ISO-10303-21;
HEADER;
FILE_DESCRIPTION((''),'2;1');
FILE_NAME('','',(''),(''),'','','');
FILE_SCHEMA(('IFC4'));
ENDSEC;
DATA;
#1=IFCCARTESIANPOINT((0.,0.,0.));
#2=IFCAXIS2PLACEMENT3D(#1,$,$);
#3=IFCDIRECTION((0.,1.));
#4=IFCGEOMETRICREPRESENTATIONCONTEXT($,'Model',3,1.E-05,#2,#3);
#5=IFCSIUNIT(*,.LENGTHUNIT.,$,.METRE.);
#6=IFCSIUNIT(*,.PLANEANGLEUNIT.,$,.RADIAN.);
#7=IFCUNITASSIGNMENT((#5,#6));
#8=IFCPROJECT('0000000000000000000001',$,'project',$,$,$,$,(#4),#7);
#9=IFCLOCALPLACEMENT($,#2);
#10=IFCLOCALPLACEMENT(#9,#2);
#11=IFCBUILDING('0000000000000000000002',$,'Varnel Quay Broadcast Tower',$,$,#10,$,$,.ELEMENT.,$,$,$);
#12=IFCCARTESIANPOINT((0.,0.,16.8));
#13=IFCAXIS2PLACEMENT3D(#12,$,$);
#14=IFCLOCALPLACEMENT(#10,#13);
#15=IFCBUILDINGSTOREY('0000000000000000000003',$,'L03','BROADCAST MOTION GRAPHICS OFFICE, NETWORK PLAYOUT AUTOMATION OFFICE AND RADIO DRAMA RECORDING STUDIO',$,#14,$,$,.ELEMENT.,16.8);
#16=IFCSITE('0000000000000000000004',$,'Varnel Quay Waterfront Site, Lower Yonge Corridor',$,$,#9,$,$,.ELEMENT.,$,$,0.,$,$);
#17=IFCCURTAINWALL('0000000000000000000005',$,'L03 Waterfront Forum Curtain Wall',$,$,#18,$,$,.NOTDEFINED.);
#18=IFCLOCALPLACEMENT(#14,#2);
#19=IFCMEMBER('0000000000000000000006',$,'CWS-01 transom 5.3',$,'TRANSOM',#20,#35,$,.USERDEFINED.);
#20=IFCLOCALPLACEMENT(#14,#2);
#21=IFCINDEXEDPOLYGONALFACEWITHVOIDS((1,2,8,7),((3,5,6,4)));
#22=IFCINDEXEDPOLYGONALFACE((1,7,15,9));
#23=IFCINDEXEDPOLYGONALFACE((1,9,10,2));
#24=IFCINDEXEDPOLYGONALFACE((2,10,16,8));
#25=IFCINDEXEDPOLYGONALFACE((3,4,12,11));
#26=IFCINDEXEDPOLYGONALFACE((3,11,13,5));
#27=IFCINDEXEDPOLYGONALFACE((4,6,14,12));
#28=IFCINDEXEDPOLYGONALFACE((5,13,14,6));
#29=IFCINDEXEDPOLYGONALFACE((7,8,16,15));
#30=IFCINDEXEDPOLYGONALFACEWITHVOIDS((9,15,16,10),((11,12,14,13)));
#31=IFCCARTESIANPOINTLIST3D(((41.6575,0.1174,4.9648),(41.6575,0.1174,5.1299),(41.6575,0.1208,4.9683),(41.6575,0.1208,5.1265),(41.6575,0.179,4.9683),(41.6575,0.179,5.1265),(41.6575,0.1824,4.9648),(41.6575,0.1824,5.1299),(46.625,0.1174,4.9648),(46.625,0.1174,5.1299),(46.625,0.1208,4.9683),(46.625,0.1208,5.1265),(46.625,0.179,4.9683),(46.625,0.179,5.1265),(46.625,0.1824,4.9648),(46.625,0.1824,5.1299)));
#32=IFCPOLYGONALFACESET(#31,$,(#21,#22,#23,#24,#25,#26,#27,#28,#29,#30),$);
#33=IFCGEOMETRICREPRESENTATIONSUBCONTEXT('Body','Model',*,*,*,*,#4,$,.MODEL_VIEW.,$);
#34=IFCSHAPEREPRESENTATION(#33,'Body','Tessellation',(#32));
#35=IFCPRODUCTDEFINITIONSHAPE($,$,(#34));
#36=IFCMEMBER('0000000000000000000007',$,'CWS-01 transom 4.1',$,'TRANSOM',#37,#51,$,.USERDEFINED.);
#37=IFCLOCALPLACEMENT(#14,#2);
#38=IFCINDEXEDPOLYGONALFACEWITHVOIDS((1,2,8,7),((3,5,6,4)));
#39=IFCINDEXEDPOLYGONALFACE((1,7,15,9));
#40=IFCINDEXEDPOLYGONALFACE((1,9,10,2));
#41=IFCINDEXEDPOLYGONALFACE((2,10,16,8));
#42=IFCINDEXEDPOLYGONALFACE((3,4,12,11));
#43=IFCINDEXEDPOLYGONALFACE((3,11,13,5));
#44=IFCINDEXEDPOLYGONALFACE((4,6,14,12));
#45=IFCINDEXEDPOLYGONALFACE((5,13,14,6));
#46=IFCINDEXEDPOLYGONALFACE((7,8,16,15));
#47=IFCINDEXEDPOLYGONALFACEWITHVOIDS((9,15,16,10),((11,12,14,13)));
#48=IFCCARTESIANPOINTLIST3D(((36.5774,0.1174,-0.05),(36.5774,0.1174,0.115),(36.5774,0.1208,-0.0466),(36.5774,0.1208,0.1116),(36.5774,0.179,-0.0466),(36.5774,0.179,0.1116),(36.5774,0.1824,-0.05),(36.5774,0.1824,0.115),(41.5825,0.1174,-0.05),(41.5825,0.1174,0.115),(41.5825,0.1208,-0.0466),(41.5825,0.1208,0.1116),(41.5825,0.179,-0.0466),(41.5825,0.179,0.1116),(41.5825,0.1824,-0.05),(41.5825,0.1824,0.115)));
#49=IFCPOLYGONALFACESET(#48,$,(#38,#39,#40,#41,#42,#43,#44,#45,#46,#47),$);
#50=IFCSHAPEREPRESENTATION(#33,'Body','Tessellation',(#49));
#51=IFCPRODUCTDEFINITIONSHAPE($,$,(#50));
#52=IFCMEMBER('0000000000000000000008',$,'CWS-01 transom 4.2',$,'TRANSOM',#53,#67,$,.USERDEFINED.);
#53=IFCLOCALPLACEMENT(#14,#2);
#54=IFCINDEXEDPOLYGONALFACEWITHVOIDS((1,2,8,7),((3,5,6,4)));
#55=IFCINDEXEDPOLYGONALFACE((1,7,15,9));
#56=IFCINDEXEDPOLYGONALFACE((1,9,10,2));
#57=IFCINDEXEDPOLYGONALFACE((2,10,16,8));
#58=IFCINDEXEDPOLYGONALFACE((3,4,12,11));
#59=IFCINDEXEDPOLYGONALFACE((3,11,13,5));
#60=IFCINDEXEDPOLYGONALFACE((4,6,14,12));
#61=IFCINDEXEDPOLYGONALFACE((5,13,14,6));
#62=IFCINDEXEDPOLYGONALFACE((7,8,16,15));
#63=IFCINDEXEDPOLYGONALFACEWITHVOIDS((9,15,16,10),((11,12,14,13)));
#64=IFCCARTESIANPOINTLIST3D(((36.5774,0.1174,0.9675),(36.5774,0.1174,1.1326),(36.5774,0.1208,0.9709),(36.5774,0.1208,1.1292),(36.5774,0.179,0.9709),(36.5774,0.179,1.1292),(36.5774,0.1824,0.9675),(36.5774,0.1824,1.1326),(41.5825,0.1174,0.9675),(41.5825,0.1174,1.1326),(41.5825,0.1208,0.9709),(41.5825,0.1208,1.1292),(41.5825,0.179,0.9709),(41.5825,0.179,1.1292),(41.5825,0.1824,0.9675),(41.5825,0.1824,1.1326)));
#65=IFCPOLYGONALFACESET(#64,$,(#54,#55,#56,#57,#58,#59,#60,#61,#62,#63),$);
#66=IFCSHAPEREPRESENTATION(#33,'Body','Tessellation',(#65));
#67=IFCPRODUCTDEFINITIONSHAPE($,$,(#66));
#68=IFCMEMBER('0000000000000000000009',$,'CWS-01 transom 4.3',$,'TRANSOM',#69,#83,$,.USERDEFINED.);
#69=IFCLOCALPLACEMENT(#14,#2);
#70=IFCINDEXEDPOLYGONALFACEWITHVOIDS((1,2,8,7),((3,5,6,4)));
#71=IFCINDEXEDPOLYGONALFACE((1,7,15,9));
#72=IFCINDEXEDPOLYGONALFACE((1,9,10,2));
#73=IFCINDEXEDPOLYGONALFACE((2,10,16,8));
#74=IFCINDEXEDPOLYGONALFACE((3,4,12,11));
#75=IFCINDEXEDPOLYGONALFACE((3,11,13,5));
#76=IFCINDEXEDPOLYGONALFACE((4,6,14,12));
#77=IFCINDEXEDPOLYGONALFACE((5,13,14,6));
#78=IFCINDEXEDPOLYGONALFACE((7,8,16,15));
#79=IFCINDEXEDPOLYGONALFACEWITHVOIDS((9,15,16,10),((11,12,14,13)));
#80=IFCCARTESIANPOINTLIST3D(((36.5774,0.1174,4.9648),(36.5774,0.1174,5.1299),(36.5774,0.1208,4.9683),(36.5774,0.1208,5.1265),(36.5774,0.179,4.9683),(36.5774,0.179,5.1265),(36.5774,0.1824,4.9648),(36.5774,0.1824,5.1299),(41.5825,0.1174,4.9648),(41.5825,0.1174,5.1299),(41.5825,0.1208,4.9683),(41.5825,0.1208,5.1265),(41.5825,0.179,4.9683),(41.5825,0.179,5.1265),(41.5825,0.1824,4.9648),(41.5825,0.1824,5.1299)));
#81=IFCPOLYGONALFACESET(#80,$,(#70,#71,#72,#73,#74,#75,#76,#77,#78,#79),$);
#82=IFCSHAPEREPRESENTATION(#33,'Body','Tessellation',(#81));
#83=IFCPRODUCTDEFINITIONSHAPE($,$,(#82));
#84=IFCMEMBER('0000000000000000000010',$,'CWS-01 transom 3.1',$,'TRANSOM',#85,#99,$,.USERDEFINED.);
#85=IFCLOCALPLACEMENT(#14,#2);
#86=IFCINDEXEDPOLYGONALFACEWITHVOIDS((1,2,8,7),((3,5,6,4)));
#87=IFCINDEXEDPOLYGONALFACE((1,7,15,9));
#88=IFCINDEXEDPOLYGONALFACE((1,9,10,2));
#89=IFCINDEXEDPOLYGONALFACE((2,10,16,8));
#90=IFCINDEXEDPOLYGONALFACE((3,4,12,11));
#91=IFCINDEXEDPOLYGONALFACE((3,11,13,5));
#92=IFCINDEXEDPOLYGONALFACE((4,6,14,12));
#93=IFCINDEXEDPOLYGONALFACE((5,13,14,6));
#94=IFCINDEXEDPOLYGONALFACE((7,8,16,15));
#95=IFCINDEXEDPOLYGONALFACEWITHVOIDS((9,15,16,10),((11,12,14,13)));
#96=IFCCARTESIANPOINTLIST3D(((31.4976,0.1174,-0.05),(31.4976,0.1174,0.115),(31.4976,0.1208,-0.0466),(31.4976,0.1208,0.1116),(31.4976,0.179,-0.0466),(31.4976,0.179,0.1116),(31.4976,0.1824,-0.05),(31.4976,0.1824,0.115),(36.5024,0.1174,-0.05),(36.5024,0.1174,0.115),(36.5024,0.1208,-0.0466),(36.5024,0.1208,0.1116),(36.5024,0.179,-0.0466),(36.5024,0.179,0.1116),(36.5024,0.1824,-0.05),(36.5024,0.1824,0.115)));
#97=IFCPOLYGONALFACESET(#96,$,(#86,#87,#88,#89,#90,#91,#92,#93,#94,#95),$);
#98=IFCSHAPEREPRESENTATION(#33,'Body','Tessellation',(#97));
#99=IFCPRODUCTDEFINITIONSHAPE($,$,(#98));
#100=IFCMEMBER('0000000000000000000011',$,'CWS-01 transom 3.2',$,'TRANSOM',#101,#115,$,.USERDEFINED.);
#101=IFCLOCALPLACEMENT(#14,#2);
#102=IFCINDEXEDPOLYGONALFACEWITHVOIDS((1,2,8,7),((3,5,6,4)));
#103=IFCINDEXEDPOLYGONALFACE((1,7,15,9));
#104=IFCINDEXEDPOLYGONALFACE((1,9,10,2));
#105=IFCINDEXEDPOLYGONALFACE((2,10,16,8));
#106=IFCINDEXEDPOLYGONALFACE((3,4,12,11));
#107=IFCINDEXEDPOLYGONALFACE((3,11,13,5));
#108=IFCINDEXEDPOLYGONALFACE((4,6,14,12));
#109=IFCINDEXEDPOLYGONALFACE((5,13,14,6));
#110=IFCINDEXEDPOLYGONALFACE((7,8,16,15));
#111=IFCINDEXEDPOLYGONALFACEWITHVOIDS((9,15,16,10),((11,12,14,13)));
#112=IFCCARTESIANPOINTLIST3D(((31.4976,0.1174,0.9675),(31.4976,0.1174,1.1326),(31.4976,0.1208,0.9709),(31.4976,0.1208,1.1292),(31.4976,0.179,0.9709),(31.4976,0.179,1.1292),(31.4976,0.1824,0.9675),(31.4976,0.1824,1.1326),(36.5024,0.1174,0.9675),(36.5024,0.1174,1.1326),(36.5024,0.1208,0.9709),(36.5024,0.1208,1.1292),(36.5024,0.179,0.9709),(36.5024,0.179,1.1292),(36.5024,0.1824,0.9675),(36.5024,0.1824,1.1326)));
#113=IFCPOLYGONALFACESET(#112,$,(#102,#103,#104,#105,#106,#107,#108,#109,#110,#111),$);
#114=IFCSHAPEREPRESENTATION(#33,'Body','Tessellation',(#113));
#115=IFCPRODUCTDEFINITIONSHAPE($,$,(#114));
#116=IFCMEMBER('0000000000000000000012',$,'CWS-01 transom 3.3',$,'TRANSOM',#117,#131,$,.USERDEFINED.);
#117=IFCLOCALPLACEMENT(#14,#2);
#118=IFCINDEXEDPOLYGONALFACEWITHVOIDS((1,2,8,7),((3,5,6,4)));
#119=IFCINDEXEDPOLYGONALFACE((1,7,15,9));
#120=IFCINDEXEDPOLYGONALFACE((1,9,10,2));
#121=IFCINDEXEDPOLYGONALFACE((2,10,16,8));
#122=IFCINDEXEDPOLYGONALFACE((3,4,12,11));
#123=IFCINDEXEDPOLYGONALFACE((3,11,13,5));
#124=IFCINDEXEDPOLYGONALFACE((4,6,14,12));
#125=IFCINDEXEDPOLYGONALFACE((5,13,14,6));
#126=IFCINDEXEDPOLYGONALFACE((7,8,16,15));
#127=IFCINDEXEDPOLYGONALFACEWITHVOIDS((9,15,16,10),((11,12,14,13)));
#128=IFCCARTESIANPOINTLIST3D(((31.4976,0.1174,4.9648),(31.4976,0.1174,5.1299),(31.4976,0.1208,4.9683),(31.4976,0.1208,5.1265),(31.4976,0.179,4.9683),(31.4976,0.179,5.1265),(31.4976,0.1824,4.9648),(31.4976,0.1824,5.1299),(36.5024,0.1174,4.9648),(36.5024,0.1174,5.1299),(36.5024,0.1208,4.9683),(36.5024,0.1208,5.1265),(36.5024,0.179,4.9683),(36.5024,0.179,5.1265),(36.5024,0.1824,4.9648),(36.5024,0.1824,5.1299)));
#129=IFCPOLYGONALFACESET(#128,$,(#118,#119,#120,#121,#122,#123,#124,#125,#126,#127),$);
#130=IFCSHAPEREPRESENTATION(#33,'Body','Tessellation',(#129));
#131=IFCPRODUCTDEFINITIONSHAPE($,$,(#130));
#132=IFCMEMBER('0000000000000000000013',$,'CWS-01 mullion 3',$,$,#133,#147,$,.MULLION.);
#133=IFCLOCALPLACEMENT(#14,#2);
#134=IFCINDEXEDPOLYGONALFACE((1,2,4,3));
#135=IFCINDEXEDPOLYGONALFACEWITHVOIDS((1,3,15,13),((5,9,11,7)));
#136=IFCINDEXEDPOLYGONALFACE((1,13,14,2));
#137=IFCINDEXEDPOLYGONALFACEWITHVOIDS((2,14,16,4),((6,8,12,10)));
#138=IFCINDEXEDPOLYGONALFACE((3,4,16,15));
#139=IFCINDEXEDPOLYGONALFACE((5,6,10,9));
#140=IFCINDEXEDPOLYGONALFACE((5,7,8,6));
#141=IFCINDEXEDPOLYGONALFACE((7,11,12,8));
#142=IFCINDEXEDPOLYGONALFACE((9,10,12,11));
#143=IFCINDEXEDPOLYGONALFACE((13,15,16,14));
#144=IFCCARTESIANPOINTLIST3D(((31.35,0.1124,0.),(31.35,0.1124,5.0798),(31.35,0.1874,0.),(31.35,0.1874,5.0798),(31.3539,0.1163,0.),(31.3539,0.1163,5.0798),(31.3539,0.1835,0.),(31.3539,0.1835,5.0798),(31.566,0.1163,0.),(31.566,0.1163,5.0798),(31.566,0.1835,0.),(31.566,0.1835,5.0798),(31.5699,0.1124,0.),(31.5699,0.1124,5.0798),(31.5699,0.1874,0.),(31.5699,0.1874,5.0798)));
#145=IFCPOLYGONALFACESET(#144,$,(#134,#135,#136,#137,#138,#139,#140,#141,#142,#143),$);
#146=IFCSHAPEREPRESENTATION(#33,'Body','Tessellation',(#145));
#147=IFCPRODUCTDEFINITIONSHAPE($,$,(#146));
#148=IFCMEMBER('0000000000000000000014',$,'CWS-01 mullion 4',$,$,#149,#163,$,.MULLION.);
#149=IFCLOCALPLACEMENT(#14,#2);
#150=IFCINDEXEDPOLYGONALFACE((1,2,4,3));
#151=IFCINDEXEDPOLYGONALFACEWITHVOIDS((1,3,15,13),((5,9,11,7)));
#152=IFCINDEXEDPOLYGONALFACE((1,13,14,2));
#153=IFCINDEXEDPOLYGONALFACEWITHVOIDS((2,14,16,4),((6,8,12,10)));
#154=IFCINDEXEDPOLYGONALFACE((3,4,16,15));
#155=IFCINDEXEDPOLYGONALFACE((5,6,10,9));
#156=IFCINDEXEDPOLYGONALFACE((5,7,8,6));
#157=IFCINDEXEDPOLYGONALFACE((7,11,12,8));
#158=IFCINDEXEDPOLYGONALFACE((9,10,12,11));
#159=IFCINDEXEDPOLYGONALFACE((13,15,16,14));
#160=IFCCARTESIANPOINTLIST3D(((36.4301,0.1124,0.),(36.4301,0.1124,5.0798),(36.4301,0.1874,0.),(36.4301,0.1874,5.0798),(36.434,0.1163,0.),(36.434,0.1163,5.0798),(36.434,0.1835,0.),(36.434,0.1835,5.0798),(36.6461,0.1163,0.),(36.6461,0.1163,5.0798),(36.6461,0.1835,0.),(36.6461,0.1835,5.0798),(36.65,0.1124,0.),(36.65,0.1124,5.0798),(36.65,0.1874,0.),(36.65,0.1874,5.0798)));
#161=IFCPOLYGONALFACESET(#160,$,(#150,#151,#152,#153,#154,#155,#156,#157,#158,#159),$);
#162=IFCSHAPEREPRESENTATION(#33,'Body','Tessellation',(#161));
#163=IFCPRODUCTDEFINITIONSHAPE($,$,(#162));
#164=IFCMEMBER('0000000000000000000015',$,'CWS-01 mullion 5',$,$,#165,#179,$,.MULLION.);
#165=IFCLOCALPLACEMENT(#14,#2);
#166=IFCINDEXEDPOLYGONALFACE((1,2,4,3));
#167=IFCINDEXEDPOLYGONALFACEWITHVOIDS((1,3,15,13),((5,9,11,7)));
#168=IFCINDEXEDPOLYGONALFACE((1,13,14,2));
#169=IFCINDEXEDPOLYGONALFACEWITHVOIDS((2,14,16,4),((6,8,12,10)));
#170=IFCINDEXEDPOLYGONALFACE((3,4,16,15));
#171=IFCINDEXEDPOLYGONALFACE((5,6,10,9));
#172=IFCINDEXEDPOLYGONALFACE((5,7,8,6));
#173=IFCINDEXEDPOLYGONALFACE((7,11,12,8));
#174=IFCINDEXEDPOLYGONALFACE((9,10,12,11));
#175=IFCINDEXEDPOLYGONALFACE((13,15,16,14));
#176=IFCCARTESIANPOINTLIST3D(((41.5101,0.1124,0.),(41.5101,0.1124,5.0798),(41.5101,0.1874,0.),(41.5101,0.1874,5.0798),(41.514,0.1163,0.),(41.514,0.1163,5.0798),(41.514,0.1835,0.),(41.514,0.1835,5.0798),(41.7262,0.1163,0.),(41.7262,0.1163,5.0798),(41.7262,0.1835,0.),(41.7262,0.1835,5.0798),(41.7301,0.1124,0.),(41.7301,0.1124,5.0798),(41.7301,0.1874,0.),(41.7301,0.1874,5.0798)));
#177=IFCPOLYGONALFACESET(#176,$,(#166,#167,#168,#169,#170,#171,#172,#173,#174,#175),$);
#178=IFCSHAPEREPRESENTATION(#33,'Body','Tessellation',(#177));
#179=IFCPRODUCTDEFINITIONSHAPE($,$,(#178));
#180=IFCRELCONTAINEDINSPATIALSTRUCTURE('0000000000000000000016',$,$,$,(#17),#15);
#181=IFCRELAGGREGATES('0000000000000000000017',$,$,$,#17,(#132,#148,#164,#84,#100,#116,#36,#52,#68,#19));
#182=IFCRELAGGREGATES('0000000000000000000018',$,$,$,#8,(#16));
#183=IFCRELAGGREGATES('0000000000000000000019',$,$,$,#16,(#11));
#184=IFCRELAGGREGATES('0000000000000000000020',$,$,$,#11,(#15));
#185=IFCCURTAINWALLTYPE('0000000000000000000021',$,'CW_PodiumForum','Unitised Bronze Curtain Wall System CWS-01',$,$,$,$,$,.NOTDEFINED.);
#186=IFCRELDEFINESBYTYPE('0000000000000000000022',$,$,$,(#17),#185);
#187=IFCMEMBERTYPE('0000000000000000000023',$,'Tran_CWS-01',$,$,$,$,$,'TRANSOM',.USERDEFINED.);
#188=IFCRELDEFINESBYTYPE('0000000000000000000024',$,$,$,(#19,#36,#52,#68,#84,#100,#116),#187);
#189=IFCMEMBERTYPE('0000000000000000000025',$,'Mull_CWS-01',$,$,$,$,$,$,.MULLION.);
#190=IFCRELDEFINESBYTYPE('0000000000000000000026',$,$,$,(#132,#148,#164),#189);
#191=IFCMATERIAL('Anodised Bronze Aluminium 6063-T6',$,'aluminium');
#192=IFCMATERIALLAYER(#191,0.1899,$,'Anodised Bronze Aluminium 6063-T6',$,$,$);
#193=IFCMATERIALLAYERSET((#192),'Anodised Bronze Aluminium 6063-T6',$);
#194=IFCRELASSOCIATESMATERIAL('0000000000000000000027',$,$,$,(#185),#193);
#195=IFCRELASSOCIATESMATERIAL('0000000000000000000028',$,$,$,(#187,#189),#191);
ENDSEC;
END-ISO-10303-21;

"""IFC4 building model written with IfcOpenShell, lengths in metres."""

from ifc_helpers import new_model, si_unit, direction, frame, origin, origin_2d, place, context, subcontext, project, spatial, hollow_rectangle, extrude, source, transform, mapped, material, layer, layer_set, material_profile, profile_set, type_object, type_shapes, element, aggregate, save


model = new_model("IFC4")

# Units and contexts
model_context = context("Model", 3, precision=1e-05, world=origin(), true_north=direction((0.0, 1.0)))
body_context = subcontext(model_context, "Body", "Model", "MODEL_VIEW")
ifc_project = project(units=[si_unit("LENGTHUNIT", "METRE"), si_unit("PLANEANGLEUNIT", "RADIAN")], contexts=[model_context])

# Site, building, storey
site_placement = place(None, origin())
site = spatial("IfcSite", under=ifc_project, at=site_placement, Name="Varnel Quay Waterfront Site, Lower Yonge Corridor", CompositionType="ELEMENT", RefElevation=0.0)
building_placement = place(site_placement, origin())
building = spatial("IfcBuilding", under=site, at=building_placement, Name="Varnel Quay Broadcast Tower", CompositionType="ELEMENT")
storey_placement = place(building_placement, frame((0.0, 0.0, 16.8)))
storey = spatial("IfcBuildingStorey", under=building, at=storey_placement, Name="L03", Description="BROADCAST MOTION GRAPHICS OFFICE, NETWORK PLAYOUT AUTOMATION OFFICE AND RADIO DRAMA RECORDING STUDIO", CompositionType="ELEMENT", Elevation=16.8)

# Curtain wall, members
ifc_material_1 = material(Name="Anodised Bronze Aluminium 6063-T6", Category="aluminium")
ifc_layer_1 = layer(ifc_material_1, 0.1899, Name="Anodised Bronze Aluminium 6063-T6")
ifc_layer_set_1 = layer_set([ifc_layer_1], Name="Anodised Bronze Aluminium 6063-T6")
curtain_wall_type = type_object("IfcCurtainWallType", Name="CW_PodiumForum", Description="Unitised Bronze Curtain Wall System CWS-01", PredefinedType="NOTDEFINED", material=ifc_layer_set_1)
curtain_wall_placement = place(storey_placement, origin())
curtain_wall = element("IfcCurtainWall", 1, at=curtain_wall_placement, inside=storey, type_object=curtain_wall_type, Name="L03 Waterfront Forum Curtain Wall", PredefinedType="NOTDEFINED")
ifc_material_profile_1 = material_profile(ifc_material_1, hollow_rectangle(XDim=0.0649, YDim=0.165, WallThickness=0.0034, at=origin_2d()), Name="ALU65X165X3.5")
ifc_profile_set_1 = profile_set([ifc_material_profile_1], Name="Anodised Bronze Aluminium 6063-T6")
member_type_1 = type_object("IfcMemberType", Name="Tran_CWS-01", ElementType="TRANSOM", PredefinedType="USERDEFINED", material=ifc_profile_set_1)
shared_shape_1 = source(origin(), body_context, "Body", "SweptSolid", [
    extrude(hollow_rectangle(XDim=0.0649, YDim=0.165, WallThickness=0.0034, at=origin_2d()), origin(), (0.0, 0.0, 1.0), 4.9675),
])
member_1_placement = place(storey_placement, frame((41.6575, 0.1499, 5.0474), z_axis=(1.0, 0.0, 0.0), x_axis=(0.0, 1.0, 0.0)))
member_1 = element("IfcMember", 2, at=member_1_placement, type_object=member_type_1, Name="CWS-01 transom 5.3", ObjectType="TRANSOM", PredefinedType="USERDEFINED", context=body_context, shape_type="MappedRepresentation", body=[
    mapped(shared_shape_1, transform((0.0, 0.0, 0.0), x_axis=(1.0, 0.0, 0.0), y_axis=(0.0, 1.0, 0.0), z_axis=(0.0, 0.0, 1.0), scale=1.0)),
])
shared_shape_2 = source(origin(), body_context, "Body", "SweptSolid", [
    extrude(hollow_rectangle(XDim=0.0649, YDim=0.165, WallThickness=0.0034, at=origin_2d()), origin(), (0.0, 0.0, 1.0), 5.0051),
])
member_2_placement = place(storey_placement, frame((36.5774, 0.1499, 0.0325), z_axis=(1.0, 0.0, 0.0), x_axis=(0.0, 1.0, 0.0)))
member_2 = element("IfcMember", 3, at=member_2_placement, type_object=member_type_1, Name="CWS-01 transom 4.1", ObjectType="TRANSOM", PredefinedType="USERDEFINED", context=body_context, shape_type="MappedRepresentation", body=[
    mapped(shared_shape_2, transform((0.0, 0.0, 0.0), x_axis=(1.0, 0.0, 0.0), y_axis=(0.0, 1.0, 0.0), z_axis=(0.0, 0.0, 1.0), scale=1.0)),
])
member_3_placement = place(storey_placement, frame((36.5774, 0.1499, 1.05), z_axis=(1.0, 0.0, 0.0), x_axis=(0.0, 1.0, 0.0)))
member_3 = element("IfcMember", 4, at=member_3_placement, type_object=member_type_1, Name="CWS-01 transom 4.2", ObjectType="TRANSOM", PredefinedType="USERDEFINED", context=body_context, shape_type="MappedRepresentation", body=[
    mapped(shared_shape_2, transform((0.0, 0.0, 0.0), x_axis=(1.0, 0.0, 0.0), y_axis=(0.0, 1.0, 0.0), z_axis=(0.0, 0.0, 1.0), scale=1.0)),
])
member_4_placement = place(storey_placement, frame((36.5774, 0.1499, 5.0474), z_axis=(1.0, 0.0, 0.0), x_axis=(0.0, 1.0, 0.0)))
member_4 = element("IfcMember", 5, at=member_4_placement, type_object=member_type_1, Name="CWS-01 transom 4.3", ObjectType="TRANSOM", PredefinedType="USERDEFINED", context=body_context, shape_type="MappedRepresentation", body=[
    mapped(shared_shape_2, transform((0.0, 0.0, 0.0), x_axis=(1.0, 0.0, 0.0), y_axis=(0.0, 1.0, 0.0), z_axis=(0.0, 0.0, 1.0), scale=1.0)),
])
shared_shape_3 = source(origin(), body_context, "Body", "SweptSolid", [
    extrude(hollow_rectangle(XDim=0.0649, YDim=0.165, WallThickness=0.0034, at=origin_2d()), origin(), (0.0, 0.0, 1.0), 5.0049),
])
type_shapes(member_type_1, [shared_shape_1, shared_shape_2, shared_shape_3])
member_5_placement = place(storey_placement, frame((31.4976, 0.1499, 0.0325), z_axis=(1.0, 0.0, 0.0), x_axis=(0.0, 1.0, 0.0)))
member_5 = element("IfcMember", 6, at=member_5_placement, type_object=member_type_1, Name="CWS-01 transom 3.1", ObjectType="TRANSOM", PredefinedType="USERDEFINED", context=body_context, shape_type="MappedRepresentation", body=[
    mapped(shared_shape_3, transform((0.0, 0.0, 0.0), x_axis=(1.0, 0.0, 0.0), y_axis=(0.0, 1.0, 0.0), z_axis=(0.0, 0.0, 1.0), scale=1.0)),
])
member_6_placement = place(storey_placement, frame((31.4976, 0.1499, 1.05), z_axis=(1.0, 0.0, 0.0), x_axis=(0.0, 1.0, 0.0)))
member_6 = element("IfcMember", 7, at=member_6_placement, type_object=member_type_1, Name="CWS-01 transom 3.2", ObjectType="TRANSOM", PredefinedType="USERDEFINED", context=body_context, shape_type="MappedRepresentation", body=[
    mapped(shared_shape_3, transform((0.0, 0.0, 0.0), x_axis=(1.0, 0.0, 0.0), y_axis=(0.0, 1.0, 0.0), z_axis=(0.0, 0.0, 1.0), scale=1.0)),
])
member_7_placement = place(storey_placement, frame((31.4976, 0.1499, 5.0474), z_axis=(1.0, 0.0, 0.0), x_axis=(0.0, 1.0, 0.0)))
member_7 = element("IfcMember", 8, at=member_7_placement, type_object=member_type_1, Name="CWS-01 transom 3.3", ObjectType="TRANSOM", PredefinedType="USERDEFINED", context=body_context, shape_type="MappedRepresentation", body=[
    mapped(shared_shape_3, transform((0.0, 0.0, 0.0), x_axis=(1.0, 0.0, 0.0), y_axis=(0.0, 1.0, 0.0), z_axis=(0.0, 0.0, 1.0), scale=1.0)),
])
ifc_material_profile_2 = material_profile(ifc_material_1, hollow_rectangle(XDim=0.075, YDim=0.22, WallThickness=0.0039, at=origin_2d()), Name="ALU75X220X4")
ifc_profile_set_2 = profile_set([ifc_material_profile_2], Name="Anodised Bronze Aluminium 6063-T6")
member_type_2 = type_object("IfcMemberType", Name="Mull_CWS-01", PredefinedType="MULLION", material=ifc_profile_set_2)
shared_shape_4 = source(origin(), body_context, "Body", "SweptSolid", [
    extrude(hollow_rectangle(XDim=0.075, YDim=0.22, WallThickness=0.0039, at=origin_2d()), origin(), (0.0, 0.0, 1.0), 5.0798),
])
type_shapes(member_type_2, [shared_shape_4])
member_8_placement = place(storey_placement, frame((31.46, 0.1499, 0.0), z_axis=(0.0, 0.0, 1.0), x_axis=(0.0, 1.0, 0.0)))
member_8 = element("IfcMember", 9, at=member_8_placement, type_object=member_type_2, Name="CWS-01 mullion 3", PredefinedType="MULLION", context=body_context, shape_type="MappedRepresentation", body=[
    mapped(shared_shape_4, transform((0.0, 0.0, 0.0), x_axis=(1.0, 0.0, 0.0), y_axis=(0.0, 1.0, 0.0), z_axis=(0.0, 0.0, 1.0), scale=1.0)),
])
member_9_placement = place(storey_placement, frame((36.54, 0.1499, 0.0), z_axis=(0.0, 0.0, 1.0), x_axis=(0.0, 1.0, 0.0)))
member_9 = element("IfcMember", 10, at=member_9_placement, type_object=member_type_2, Name="CWS-01 mullion 4", PredefinedType="MULLION", context=body_context, shape_type="MappedRepresentation", body=[
    mapped(shared_shape_4, transform((0.0, 0.0, 0.0), x_axis=(1.0, 0.0, 0.0), y_axis=(0.0, 1.0, 0.0), z_axis=(0.0, 0.0, 1.0), scale=1.0)),
])
member_10_placement = place(storey_placement, frame((41.6201, 0.1499, 0.0), z_axis=(0.0, 0.0, 1.0), x_axis=(0.0, 1.0, 0.0)))
member_10 = element("IfcMember", 11, at=member_10_placement, type_object=member_type_2, Name="CWS-01 mullion 5", PredefinedType="MULLION", context=body_context, shape_type="MappedRepresentation", body=[
    mapped(shared_shape_4, transform((0.0, 0.0, 0.0), x_axis=(1.0, 0.0, 0.0), y_axis=(0.0, 1.0, 0.0), z_axis=(0.0, 0.0, 1.0), scale=1.0)),
])
aggregate(curtain_wall, [member_8, member_9, member_10, member_5, member_6, member_7, member_2, member_3, member_4, member_1])

save(model, "model.ifc")
